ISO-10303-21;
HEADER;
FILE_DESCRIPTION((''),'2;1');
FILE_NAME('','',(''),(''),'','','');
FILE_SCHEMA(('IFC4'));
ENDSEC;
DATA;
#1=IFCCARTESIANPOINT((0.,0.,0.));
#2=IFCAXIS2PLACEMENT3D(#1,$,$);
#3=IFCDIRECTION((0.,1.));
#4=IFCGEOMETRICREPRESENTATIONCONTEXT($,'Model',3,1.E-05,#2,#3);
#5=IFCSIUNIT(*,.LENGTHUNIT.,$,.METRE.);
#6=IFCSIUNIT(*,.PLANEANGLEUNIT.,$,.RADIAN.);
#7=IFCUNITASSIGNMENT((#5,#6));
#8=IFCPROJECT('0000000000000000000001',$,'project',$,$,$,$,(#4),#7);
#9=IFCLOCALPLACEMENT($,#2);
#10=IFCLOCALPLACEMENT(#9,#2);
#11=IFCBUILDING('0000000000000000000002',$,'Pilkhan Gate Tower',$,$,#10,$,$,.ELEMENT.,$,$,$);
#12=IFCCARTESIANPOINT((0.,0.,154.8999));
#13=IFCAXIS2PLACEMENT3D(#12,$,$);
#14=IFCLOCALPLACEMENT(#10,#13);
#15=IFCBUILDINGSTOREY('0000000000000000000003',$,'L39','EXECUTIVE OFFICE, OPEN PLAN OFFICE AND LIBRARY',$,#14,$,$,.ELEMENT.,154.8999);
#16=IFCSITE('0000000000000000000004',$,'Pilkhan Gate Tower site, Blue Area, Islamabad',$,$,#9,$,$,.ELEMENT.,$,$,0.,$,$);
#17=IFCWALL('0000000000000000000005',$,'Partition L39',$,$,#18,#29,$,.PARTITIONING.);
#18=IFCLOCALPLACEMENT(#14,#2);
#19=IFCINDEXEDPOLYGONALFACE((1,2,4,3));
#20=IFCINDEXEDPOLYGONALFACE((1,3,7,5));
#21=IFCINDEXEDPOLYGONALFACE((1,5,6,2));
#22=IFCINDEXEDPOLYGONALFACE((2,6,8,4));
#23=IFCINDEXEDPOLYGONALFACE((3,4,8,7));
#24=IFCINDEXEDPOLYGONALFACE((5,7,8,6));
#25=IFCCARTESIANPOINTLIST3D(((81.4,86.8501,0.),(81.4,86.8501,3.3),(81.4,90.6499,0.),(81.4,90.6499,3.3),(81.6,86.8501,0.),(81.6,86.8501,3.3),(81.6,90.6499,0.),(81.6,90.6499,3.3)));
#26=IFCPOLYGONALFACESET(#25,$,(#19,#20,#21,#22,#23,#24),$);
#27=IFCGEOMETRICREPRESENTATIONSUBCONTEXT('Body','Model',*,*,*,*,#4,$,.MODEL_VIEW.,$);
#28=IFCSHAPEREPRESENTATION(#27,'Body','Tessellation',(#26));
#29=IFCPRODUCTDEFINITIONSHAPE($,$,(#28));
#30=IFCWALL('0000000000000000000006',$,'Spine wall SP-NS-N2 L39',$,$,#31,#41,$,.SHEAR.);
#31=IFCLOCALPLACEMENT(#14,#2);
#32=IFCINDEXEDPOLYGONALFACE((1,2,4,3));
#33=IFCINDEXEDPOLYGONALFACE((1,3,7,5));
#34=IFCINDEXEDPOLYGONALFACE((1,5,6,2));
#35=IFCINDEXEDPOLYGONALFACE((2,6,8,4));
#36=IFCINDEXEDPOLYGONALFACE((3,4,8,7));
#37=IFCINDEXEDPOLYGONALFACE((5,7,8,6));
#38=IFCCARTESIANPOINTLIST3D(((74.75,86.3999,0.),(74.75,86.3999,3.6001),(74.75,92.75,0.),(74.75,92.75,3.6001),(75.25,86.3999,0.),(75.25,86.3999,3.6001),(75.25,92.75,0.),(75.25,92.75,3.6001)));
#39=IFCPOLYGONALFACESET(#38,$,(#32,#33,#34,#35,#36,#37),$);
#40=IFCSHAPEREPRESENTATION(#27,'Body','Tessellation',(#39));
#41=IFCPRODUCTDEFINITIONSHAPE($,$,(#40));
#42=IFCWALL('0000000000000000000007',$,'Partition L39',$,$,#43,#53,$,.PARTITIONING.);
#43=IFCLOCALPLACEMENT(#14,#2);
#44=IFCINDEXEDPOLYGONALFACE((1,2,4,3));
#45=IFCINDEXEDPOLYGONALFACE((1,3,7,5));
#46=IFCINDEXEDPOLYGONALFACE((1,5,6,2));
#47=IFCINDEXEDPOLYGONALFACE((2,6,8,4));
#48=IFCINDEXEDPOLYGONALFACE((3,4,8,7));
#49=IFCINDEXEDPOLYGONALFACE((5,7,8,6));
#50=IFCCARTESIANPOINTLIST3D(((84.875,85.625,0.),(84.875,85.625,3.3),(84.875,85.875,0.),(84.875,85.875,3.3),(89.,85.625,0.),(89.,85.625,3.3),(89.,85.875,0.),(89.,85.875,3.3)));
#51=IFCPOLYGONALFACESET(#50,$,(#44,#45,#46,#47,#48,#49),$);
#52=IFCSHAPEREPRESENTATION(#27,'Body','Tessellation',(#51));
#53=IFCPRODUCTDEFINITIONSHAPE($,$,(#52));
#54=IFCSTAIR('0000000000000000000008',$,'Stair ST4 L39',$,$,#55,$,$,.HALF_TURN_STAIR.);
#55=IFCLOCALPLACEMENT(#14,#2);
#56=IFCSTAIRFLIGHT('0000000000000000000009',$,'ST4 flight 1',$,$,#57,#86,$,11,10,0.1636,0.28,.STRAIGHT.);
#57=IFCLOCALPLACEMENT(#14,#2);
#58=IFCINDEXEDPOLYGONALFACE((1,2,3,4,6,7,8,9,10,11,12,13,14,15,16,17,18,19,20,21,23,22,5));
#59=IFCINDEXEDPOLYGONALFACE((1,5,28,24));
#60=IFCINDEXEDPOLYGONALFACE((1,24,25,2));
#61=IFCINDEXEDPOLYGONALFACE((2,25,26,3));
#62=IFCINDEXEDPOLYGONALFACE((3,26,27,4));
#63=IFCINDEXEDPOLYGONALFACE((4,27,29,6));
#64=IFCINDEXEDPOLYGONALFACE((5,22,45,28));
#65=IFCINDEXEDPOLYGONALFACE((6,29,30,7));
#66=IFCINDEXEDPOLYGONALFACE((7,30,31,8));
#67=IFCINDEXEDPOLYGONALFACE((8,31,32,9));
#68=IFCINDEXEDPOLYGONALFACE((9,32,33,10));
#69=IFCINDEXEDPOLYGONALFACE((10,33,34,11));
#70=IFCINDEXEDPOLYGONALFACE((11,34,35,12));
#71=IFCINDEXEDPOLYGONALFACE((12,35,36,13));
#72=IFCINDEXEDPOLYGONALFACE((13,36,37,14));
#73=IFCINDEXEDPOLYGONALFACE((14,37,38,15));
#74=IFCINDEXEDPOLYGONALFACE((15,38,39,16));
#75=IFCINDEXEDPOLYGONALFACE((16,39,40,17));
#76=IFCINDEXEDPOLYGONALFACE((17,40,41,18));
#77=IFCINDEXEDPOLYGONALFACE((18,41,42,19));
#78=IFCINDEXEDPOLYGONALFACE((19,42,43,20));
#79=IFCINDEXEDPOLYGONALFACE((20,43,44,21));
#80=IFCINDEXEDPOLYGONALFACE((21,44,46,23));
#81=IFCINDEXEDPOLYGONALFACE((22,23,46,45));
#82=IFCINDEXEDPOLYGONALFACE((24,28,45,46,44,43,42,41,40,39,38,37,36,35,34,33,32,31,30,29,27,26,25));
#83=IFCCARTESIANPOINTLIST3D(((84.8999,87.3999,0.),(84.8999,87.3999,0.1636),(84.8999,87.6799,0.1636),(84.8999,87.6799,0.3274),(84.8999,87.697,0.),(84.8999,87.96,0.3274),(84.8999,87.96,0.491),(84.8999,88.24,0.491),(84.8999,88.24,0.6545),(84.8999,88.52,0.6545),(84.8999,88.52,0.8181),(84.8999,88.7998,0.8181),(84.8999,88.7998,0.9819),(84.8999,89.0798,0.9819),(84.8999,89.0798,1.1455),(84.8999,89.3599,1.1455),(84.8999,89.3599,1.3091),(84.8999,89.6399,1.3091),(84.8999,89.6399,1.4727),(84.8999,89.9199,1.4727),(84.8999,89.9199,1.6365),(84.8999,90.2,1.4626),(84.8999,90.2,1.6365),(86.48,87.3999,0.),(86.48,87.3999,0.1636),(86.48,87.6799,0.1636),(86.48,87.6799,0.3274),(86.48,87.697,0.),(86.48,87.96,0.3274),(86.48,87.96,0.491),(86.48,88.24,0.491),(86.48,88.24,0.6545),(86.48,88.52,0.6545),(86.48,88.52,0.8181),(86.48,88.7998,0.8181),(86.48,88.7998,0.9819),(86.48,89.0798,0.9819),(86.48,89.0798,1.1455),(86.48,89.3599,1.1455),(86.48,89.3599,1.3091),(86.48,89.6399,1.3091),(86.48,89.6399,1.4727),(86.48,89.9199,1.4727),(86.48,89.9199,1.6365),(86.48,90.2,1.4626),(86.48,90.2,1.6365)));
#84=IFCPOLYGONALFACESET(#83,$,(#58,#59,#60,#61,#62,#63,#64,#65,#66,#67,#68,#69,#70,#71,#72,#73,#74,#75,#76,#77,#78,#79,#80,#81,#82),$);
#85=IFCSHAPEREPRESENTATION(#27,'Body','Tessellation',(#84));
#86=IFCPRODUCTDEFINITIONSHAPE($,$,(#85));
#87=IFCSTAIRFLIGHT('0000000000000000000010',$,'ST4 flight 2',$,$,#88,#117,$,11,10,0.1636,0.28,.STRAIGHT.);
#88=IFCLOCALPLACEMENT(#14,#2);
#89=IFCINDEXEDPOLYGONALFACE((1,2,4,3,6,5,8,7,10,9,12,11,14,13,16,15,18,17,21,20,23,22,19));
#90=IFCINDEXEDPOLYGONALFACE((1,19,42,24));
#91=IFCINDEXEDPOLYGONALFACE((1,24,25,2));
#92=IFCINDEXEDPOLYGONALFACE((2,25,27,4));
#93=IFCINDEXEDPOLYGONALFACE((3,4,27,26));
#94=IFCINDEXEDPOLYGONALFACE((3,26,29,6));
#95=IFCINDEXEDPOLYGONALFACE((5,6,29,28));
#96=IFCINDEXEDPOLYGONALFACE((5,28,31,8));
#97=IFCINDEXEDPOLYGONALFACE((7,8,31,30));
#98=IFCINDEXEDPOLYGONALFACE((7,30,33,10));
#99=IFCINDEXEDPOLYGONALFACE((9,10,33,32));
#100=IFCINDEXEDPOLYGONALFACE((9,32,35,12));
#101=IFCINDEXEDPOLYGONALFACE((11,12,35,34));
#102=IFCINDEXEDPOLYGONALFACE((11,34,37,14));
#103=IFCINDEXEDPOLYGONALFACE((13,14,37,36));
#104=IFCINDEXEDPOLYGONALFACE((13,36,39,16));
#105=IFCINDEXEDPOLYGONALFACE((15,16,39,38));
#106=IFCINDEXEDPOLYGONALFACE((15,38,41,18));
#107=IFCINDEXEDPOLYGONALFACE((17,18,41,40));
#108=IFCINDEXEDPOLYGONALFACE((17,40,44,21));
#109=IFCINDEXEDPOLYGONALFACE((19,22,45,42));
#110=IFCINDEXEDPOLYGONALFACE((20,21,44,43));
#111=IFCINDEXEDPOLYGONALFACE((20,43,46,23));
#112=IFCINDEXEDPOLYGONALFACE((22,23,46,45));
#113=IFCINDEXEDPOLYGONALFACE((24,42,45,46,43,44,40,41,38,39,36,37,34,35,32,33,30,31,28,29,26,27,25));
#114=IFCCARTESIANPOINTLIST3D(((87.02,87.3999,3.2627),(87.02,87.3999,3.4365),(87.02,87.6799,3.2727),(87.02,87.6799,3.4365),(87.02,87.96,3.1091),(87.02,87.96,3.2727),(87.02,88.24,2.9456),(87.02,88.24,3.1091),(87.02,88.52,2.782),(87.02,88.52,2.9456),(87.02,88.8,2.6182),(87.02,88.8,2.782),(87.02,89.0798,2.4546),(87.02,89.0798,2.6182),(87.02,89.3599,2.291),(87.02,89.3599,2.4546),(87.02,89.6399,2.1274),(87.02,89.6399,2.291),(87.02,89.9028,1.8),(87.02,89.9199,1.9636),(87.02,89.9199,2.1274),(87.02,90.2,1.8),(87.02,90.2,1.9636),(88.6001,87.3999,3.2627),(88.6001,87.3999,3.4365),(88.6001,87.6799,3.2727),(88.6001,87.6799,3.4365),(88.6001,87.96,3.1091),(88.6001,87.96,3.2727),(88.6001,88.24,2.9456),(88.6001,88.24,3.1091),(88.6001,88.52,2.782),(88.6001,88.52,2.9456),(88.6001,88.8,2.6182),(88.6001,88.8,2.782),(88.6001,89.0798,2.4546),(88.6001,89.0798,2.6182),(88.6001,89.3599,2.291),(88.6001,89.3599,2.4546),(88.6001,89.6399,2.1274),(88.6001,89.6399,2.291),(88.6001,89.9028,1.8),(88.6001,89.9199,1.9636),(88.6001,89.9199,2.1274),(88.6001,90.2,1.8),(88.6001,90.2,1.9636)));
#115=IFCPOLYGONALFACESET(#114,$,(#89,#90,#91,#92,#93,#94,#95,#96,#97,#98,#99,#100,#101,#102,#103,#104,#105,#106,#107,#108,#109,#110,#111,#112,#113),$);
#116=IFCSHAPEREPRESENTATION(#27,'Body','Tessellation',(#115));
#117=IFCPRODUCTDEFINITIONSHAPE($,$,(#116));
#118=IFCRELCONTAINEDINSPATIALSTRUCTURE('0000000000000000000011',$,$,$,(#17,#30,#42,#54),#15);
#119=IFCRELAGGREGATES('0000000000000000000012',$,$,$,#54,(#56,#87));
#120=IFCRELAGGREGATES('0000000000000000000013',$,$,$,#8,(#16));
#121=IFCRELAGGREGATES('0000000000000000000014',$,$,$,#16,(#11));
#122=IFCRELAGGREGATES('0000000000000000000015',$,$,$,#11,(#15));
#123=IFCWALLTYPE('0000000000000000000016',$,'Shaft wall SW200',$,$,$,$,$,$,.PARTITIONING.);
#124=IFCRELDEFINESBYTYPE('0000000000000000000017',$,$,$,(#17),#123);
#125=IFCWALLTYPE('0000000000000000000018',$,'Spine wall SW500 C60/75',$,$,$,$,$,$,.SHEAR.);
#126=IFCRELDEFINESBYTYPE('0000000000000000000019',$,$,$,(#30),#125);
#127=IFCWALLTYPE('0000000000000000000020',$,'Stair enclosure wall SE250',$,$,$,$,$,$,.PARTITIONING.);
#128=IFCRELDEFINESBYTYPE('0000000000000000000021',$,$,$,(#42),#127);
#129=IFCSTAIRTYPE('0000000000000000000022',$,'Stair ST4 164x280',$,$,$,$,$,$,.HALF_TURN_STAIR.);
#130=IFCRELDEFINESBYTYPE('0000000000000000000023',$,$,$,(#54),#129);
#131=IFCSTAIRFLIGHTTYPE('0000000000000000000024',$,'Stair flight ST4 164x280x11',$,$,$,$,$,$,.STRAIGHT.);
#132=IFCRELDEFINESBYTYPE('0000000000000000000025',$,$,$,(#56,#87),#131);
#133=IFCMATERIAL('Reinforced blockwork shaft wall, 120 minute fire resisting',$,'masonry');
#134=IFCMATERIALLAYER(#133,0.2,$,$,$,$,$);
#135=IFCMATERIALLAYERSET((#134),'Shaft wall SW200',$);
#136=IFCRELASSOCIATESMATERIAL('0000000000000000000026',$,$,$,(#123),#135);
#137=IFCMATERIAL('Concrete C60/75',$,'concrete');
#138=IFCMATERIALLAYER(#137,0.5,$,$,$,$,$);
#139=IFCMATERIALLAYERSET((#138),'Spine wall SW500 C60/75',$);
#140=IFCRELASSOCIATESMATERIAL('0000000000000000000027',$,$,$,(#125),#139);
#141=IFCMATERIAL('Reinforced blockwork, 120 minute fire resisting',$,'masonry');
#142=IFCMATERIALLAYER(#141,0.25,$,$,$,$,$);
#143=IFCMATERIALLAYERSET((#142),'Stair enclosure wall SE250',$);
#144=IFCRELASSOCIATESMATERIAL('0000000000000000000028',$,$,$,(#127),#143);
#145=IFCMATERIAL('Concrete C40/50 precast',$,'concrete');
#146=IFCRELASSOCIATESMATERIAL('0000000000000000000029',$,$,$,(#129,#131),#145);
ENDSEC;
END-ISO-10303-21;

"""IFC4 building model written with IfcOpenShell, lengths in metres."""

from ifc_helpers import new_model, si_unit, direction, frame, frame_2d, origin, place, context, subcontext, project, spatial, polyline, rectangle, outline, extrude, material, layer, layer_set, type_object, element, aggregate, save


model = new_model("IFC4")

# Units and contexts
model_context = context("Model", 3, precision=1e-05, world=origin(), true_north=direction((0.0, 1.0)))
body_context = subcontext(model_context, "Body", "Model", "MODEL_VIEW")
ifc_project = project(units=[si_unit("LENGTHUNIT", "METRE"), si_unit("PLANEANGLEUNIT", "RADIAN")], contexts=[model_context])

# Site, building, storey
site_placement = place(None, origin())
site = spatial("IfcSite", under=ifc_project, at=site_placement, Name="Pilkhan Gate Tower site, Blue Area, Islamabad", CompositionType="ELEMENT", RefElevation=0.0)
building_placement = place(site_placement, origin())
building = spatial("IfcBuilding", under=site, at=building_placement, Name="Pilkhan Gate Tower", CompositionType="ELEMENT")
storey_placement = place(building_placement, frame((0.0, 0.0, 154.8999)))
storey = spatial("IfcBuildingStorey", under=building, at=storey_placement, Name="L39", Description="EXECUTIVE OFFICE, OPEN PLAN OFFICE AND LIBRARY", CompositionType="ELEMENT", Elevation=154.8999)

# Shared definitions
ifc_material_1 = material(Name="Reinforced blockwork shaft wall, 120 minute fire resisting", Category="masonry")
ifc_layer_1 = layer(ifc_material_1, 0.2)
ifc_layer_set_1 = layer_set([ifc_layer_1], Name="Shaft wall SW200")
wall_type_1 = type_object("IfcWallType", Name="Shaft wall SW200", PredefinedType="PARTITIONING", material=ifc_layer_set_1)

# Walls
for number, where, z_axis, x_axis, name in (
    (1, (81.5, 86.8501, 0.0), (0.0, 0.0, 1.0), (0.0, 1.0, 0.0), "Partition L39"),
):
    element("IfcWall", number, at=place(storey_placement, frame(where, z_axis=z_axis, x_axis=x_axis)), inside=storey, type_object=wall_type_1, Name=name, PredefinedType="PARTITIONING", context=body_context, shape_type="SweptSolid", body=[
        extrude(rectangle(XDim=3.7998, YDim=0.2, at=frame_2d((1.8999, 0.0))), origin(), (0.0, 0.0, 1.0), 3.3),
    ])
ifc_material_2 = material(Name="Concrete C60/75", Category="concrete")
ifc_layer_2 = layer(ifc_material_2, 0.5)
ifc_layer_set_2 = layer_set([ifc_layer_2], Name="Spine wall SW500 C60/75")
wall_type_2 = type_object("IfcWallType", Name="Spine wall SW500 C60/75", PredefinedType="SHEAR", material=ifc_layer_set_2)
wall_1_placement = place(storey_placement, frame((75.0, 86.3999, 0.0), z_axis=(0.0, 0.0, 1.0), x_axis=(0.0, 1.0, 0.0)))
element("IfcWall", 2, at=wall_1_placement, inside=storey, type_object=wall_type_2, Name="Spine wall SP-NS-N2 L39", PredefinedType="SHEAR", context=body_context, shape_type="SweptSolid", body=[
    extrude(rectangle(XDim=6.3501, YDim=0.5, at=frame_2d((3.175, 0.0))), origin(), (0.0, 0.0, 1.0), 3.6001),
])
ifc_material_3 = material(Name="Reinforced blockwork, 120 minute fire resisting", Category="masonry")
ifc_layer_3 = layer(ifc_material_3, 0.25)
ifc_layer_set_3 = layer_set([ifc_layer_3], Name="Stair enclosure wall SE250")
wall_type_3 = type_object("IfcWallType", Name="Stair enclosure wall SE250", PredefinedType="PARTITIONING", material=ifc_layer_set_3)
wall_2_placement = place(storey_placement, frame((84.875, 85.75, 0.0), z_axis=(0.0, 0.0, 1.0), x_axis=(1.0, 0.0, 0.0)))
element("IfcWall", 3, at=wall_2_placement, inside=storey, type_object=wall_type_3, Name="Partition L39", PredefinedType="PARTITIONING", context=body_context, shape_type="SweptSolid", body=[
    extrude(rectangle(XDim=4.125, YDim=0.25, at=frame_2d((2.0625, 0.0))), origin(), (0.0, 0.0, 1.0), 3.3),
])

# Stair, stair flights
ifc_material_4 = material(Name="Concrete C40/50 precast", Category="concrete")
stair_type = type_object("IfcStairType", Name="Stair ST4 164x280", PredefinedType="HALF_TURN_STAIR", material=ifc_material_4)
stair_placement = place(storey_placement, origin())
stair = element("IfcStair", 4, at=stair_placement, inside=storey, type_object=stair_type, Name="Stair ST4 L39", PredefinedType="HALF_TURN_STAIR")
stair_flight_type = type_object("IfcStairFlightType", Name="Stair flight ST4 164x280x11", PredefinedType="STRAIGHT", material=ifc_material_4)
stair_flight_1_placement = place(storey_placement, frame((85.6899, 87.3999, 0.0), z_axis=(0.0, 0.0, 1.0), x_axis=(0.0, 1.0, 0.0)))
stair_flight_1 = element("IfcStairFlight", 5, at=stair_flight_1_placement, type_object=stair_flight_type, Name="ST4 flight 1", NumberOfRisers=11, NumberOfTreads=10, PredefinedType="STRAIGHT", RiserHeight=0.1636, TreadLength=0.28, context=body_context, shape_type="SweptSolid", body=[
    extrude(outline(polyline([(0.0, 0.0), (0.0, 0.1636), (0.28, 0.1636), (0.28, 0.3274), (0.5601, 0.3274), (0.5601, 0.491), (0.8401, 0.491), (0.8401, 0.6545), (1.1201, 0.6545), (1.1201, 0.8181), (1.3999, 0.8181), (1.3999, 0.9819), (1.6799, 0.9819), (1.6799, 1.1455), (1.96, 1.1455), (1.96, 1.3091), (2.24, 1.3091), (2.24, 1.4727), (2.52, 1.4727), (2.52, 1.6365), (2.8, 1.6365), (2.8, 1.8), (2.8, 1.4626), (0.2971, 0.0), (0.0, 0.0)])), frame((0.0, 0.79, 0.0), z_axis=(0.0, -1.0, 0.0), x_axis=(1.0, 0.0, 0.0)), (0.0, 0.0, 1.0), 1.5801),
])
stair_flight_2_placement = place(storey_placement, frame((87.8101, 90.2, 1.8), z_axis=(0.0, 0.0, 1.0), x_axis=(0.0, -1.0, 0.0)))
stair_flight_2 = element("IfcStairFlight", 6, at=stair_flight_2_placement, type_object=stair_flight_type, Name="ST4 flight 2", NumberOfRisers=11, NumberOfTreads=10, PredefinedType="STRAIGHT", RiserHeight=0.1636, TreadLength=0.28, context=body_context, shape_type="SweptSolid", body=[
    extrude(outline(polyline([(0.0, 0.0), (0.0, 0.1636), (0.28, 0.1636), (0.28, 0.3274), (0.5601, 0.3274), (0.5601, 0.491), (0.8401, 0.491), (0.8401, 0.6545), (1.1201, 0.6545), (1.1201, 0.8181), (1.3999, 0.8181), (1.3999, 0.9819), (1.6799, 0.9819), (1.6799, 1.1455), (1.96, 1.1455), (1.96, 1.3091), (2.24, 1.3091), (2.24, 1.4727), (2.52, 1.4727), (2.52, 1.6365), (2.8, 1.6365), (2.8, 1.8), (2.8, 1.4626), (0.2971, 0.0), (0.0, 0.0)])), frame((0.0, 0.79, 0.0), z_axis=(0.0, -1.0, 0.0), x_axis=(1.0, 0.0, 0.0)), (0.0, 0.0, 1.0), 1.5801),
])
aggregate(stair, [stair_flight_1, stair_flight_2])

save(model, "model.ifc")
